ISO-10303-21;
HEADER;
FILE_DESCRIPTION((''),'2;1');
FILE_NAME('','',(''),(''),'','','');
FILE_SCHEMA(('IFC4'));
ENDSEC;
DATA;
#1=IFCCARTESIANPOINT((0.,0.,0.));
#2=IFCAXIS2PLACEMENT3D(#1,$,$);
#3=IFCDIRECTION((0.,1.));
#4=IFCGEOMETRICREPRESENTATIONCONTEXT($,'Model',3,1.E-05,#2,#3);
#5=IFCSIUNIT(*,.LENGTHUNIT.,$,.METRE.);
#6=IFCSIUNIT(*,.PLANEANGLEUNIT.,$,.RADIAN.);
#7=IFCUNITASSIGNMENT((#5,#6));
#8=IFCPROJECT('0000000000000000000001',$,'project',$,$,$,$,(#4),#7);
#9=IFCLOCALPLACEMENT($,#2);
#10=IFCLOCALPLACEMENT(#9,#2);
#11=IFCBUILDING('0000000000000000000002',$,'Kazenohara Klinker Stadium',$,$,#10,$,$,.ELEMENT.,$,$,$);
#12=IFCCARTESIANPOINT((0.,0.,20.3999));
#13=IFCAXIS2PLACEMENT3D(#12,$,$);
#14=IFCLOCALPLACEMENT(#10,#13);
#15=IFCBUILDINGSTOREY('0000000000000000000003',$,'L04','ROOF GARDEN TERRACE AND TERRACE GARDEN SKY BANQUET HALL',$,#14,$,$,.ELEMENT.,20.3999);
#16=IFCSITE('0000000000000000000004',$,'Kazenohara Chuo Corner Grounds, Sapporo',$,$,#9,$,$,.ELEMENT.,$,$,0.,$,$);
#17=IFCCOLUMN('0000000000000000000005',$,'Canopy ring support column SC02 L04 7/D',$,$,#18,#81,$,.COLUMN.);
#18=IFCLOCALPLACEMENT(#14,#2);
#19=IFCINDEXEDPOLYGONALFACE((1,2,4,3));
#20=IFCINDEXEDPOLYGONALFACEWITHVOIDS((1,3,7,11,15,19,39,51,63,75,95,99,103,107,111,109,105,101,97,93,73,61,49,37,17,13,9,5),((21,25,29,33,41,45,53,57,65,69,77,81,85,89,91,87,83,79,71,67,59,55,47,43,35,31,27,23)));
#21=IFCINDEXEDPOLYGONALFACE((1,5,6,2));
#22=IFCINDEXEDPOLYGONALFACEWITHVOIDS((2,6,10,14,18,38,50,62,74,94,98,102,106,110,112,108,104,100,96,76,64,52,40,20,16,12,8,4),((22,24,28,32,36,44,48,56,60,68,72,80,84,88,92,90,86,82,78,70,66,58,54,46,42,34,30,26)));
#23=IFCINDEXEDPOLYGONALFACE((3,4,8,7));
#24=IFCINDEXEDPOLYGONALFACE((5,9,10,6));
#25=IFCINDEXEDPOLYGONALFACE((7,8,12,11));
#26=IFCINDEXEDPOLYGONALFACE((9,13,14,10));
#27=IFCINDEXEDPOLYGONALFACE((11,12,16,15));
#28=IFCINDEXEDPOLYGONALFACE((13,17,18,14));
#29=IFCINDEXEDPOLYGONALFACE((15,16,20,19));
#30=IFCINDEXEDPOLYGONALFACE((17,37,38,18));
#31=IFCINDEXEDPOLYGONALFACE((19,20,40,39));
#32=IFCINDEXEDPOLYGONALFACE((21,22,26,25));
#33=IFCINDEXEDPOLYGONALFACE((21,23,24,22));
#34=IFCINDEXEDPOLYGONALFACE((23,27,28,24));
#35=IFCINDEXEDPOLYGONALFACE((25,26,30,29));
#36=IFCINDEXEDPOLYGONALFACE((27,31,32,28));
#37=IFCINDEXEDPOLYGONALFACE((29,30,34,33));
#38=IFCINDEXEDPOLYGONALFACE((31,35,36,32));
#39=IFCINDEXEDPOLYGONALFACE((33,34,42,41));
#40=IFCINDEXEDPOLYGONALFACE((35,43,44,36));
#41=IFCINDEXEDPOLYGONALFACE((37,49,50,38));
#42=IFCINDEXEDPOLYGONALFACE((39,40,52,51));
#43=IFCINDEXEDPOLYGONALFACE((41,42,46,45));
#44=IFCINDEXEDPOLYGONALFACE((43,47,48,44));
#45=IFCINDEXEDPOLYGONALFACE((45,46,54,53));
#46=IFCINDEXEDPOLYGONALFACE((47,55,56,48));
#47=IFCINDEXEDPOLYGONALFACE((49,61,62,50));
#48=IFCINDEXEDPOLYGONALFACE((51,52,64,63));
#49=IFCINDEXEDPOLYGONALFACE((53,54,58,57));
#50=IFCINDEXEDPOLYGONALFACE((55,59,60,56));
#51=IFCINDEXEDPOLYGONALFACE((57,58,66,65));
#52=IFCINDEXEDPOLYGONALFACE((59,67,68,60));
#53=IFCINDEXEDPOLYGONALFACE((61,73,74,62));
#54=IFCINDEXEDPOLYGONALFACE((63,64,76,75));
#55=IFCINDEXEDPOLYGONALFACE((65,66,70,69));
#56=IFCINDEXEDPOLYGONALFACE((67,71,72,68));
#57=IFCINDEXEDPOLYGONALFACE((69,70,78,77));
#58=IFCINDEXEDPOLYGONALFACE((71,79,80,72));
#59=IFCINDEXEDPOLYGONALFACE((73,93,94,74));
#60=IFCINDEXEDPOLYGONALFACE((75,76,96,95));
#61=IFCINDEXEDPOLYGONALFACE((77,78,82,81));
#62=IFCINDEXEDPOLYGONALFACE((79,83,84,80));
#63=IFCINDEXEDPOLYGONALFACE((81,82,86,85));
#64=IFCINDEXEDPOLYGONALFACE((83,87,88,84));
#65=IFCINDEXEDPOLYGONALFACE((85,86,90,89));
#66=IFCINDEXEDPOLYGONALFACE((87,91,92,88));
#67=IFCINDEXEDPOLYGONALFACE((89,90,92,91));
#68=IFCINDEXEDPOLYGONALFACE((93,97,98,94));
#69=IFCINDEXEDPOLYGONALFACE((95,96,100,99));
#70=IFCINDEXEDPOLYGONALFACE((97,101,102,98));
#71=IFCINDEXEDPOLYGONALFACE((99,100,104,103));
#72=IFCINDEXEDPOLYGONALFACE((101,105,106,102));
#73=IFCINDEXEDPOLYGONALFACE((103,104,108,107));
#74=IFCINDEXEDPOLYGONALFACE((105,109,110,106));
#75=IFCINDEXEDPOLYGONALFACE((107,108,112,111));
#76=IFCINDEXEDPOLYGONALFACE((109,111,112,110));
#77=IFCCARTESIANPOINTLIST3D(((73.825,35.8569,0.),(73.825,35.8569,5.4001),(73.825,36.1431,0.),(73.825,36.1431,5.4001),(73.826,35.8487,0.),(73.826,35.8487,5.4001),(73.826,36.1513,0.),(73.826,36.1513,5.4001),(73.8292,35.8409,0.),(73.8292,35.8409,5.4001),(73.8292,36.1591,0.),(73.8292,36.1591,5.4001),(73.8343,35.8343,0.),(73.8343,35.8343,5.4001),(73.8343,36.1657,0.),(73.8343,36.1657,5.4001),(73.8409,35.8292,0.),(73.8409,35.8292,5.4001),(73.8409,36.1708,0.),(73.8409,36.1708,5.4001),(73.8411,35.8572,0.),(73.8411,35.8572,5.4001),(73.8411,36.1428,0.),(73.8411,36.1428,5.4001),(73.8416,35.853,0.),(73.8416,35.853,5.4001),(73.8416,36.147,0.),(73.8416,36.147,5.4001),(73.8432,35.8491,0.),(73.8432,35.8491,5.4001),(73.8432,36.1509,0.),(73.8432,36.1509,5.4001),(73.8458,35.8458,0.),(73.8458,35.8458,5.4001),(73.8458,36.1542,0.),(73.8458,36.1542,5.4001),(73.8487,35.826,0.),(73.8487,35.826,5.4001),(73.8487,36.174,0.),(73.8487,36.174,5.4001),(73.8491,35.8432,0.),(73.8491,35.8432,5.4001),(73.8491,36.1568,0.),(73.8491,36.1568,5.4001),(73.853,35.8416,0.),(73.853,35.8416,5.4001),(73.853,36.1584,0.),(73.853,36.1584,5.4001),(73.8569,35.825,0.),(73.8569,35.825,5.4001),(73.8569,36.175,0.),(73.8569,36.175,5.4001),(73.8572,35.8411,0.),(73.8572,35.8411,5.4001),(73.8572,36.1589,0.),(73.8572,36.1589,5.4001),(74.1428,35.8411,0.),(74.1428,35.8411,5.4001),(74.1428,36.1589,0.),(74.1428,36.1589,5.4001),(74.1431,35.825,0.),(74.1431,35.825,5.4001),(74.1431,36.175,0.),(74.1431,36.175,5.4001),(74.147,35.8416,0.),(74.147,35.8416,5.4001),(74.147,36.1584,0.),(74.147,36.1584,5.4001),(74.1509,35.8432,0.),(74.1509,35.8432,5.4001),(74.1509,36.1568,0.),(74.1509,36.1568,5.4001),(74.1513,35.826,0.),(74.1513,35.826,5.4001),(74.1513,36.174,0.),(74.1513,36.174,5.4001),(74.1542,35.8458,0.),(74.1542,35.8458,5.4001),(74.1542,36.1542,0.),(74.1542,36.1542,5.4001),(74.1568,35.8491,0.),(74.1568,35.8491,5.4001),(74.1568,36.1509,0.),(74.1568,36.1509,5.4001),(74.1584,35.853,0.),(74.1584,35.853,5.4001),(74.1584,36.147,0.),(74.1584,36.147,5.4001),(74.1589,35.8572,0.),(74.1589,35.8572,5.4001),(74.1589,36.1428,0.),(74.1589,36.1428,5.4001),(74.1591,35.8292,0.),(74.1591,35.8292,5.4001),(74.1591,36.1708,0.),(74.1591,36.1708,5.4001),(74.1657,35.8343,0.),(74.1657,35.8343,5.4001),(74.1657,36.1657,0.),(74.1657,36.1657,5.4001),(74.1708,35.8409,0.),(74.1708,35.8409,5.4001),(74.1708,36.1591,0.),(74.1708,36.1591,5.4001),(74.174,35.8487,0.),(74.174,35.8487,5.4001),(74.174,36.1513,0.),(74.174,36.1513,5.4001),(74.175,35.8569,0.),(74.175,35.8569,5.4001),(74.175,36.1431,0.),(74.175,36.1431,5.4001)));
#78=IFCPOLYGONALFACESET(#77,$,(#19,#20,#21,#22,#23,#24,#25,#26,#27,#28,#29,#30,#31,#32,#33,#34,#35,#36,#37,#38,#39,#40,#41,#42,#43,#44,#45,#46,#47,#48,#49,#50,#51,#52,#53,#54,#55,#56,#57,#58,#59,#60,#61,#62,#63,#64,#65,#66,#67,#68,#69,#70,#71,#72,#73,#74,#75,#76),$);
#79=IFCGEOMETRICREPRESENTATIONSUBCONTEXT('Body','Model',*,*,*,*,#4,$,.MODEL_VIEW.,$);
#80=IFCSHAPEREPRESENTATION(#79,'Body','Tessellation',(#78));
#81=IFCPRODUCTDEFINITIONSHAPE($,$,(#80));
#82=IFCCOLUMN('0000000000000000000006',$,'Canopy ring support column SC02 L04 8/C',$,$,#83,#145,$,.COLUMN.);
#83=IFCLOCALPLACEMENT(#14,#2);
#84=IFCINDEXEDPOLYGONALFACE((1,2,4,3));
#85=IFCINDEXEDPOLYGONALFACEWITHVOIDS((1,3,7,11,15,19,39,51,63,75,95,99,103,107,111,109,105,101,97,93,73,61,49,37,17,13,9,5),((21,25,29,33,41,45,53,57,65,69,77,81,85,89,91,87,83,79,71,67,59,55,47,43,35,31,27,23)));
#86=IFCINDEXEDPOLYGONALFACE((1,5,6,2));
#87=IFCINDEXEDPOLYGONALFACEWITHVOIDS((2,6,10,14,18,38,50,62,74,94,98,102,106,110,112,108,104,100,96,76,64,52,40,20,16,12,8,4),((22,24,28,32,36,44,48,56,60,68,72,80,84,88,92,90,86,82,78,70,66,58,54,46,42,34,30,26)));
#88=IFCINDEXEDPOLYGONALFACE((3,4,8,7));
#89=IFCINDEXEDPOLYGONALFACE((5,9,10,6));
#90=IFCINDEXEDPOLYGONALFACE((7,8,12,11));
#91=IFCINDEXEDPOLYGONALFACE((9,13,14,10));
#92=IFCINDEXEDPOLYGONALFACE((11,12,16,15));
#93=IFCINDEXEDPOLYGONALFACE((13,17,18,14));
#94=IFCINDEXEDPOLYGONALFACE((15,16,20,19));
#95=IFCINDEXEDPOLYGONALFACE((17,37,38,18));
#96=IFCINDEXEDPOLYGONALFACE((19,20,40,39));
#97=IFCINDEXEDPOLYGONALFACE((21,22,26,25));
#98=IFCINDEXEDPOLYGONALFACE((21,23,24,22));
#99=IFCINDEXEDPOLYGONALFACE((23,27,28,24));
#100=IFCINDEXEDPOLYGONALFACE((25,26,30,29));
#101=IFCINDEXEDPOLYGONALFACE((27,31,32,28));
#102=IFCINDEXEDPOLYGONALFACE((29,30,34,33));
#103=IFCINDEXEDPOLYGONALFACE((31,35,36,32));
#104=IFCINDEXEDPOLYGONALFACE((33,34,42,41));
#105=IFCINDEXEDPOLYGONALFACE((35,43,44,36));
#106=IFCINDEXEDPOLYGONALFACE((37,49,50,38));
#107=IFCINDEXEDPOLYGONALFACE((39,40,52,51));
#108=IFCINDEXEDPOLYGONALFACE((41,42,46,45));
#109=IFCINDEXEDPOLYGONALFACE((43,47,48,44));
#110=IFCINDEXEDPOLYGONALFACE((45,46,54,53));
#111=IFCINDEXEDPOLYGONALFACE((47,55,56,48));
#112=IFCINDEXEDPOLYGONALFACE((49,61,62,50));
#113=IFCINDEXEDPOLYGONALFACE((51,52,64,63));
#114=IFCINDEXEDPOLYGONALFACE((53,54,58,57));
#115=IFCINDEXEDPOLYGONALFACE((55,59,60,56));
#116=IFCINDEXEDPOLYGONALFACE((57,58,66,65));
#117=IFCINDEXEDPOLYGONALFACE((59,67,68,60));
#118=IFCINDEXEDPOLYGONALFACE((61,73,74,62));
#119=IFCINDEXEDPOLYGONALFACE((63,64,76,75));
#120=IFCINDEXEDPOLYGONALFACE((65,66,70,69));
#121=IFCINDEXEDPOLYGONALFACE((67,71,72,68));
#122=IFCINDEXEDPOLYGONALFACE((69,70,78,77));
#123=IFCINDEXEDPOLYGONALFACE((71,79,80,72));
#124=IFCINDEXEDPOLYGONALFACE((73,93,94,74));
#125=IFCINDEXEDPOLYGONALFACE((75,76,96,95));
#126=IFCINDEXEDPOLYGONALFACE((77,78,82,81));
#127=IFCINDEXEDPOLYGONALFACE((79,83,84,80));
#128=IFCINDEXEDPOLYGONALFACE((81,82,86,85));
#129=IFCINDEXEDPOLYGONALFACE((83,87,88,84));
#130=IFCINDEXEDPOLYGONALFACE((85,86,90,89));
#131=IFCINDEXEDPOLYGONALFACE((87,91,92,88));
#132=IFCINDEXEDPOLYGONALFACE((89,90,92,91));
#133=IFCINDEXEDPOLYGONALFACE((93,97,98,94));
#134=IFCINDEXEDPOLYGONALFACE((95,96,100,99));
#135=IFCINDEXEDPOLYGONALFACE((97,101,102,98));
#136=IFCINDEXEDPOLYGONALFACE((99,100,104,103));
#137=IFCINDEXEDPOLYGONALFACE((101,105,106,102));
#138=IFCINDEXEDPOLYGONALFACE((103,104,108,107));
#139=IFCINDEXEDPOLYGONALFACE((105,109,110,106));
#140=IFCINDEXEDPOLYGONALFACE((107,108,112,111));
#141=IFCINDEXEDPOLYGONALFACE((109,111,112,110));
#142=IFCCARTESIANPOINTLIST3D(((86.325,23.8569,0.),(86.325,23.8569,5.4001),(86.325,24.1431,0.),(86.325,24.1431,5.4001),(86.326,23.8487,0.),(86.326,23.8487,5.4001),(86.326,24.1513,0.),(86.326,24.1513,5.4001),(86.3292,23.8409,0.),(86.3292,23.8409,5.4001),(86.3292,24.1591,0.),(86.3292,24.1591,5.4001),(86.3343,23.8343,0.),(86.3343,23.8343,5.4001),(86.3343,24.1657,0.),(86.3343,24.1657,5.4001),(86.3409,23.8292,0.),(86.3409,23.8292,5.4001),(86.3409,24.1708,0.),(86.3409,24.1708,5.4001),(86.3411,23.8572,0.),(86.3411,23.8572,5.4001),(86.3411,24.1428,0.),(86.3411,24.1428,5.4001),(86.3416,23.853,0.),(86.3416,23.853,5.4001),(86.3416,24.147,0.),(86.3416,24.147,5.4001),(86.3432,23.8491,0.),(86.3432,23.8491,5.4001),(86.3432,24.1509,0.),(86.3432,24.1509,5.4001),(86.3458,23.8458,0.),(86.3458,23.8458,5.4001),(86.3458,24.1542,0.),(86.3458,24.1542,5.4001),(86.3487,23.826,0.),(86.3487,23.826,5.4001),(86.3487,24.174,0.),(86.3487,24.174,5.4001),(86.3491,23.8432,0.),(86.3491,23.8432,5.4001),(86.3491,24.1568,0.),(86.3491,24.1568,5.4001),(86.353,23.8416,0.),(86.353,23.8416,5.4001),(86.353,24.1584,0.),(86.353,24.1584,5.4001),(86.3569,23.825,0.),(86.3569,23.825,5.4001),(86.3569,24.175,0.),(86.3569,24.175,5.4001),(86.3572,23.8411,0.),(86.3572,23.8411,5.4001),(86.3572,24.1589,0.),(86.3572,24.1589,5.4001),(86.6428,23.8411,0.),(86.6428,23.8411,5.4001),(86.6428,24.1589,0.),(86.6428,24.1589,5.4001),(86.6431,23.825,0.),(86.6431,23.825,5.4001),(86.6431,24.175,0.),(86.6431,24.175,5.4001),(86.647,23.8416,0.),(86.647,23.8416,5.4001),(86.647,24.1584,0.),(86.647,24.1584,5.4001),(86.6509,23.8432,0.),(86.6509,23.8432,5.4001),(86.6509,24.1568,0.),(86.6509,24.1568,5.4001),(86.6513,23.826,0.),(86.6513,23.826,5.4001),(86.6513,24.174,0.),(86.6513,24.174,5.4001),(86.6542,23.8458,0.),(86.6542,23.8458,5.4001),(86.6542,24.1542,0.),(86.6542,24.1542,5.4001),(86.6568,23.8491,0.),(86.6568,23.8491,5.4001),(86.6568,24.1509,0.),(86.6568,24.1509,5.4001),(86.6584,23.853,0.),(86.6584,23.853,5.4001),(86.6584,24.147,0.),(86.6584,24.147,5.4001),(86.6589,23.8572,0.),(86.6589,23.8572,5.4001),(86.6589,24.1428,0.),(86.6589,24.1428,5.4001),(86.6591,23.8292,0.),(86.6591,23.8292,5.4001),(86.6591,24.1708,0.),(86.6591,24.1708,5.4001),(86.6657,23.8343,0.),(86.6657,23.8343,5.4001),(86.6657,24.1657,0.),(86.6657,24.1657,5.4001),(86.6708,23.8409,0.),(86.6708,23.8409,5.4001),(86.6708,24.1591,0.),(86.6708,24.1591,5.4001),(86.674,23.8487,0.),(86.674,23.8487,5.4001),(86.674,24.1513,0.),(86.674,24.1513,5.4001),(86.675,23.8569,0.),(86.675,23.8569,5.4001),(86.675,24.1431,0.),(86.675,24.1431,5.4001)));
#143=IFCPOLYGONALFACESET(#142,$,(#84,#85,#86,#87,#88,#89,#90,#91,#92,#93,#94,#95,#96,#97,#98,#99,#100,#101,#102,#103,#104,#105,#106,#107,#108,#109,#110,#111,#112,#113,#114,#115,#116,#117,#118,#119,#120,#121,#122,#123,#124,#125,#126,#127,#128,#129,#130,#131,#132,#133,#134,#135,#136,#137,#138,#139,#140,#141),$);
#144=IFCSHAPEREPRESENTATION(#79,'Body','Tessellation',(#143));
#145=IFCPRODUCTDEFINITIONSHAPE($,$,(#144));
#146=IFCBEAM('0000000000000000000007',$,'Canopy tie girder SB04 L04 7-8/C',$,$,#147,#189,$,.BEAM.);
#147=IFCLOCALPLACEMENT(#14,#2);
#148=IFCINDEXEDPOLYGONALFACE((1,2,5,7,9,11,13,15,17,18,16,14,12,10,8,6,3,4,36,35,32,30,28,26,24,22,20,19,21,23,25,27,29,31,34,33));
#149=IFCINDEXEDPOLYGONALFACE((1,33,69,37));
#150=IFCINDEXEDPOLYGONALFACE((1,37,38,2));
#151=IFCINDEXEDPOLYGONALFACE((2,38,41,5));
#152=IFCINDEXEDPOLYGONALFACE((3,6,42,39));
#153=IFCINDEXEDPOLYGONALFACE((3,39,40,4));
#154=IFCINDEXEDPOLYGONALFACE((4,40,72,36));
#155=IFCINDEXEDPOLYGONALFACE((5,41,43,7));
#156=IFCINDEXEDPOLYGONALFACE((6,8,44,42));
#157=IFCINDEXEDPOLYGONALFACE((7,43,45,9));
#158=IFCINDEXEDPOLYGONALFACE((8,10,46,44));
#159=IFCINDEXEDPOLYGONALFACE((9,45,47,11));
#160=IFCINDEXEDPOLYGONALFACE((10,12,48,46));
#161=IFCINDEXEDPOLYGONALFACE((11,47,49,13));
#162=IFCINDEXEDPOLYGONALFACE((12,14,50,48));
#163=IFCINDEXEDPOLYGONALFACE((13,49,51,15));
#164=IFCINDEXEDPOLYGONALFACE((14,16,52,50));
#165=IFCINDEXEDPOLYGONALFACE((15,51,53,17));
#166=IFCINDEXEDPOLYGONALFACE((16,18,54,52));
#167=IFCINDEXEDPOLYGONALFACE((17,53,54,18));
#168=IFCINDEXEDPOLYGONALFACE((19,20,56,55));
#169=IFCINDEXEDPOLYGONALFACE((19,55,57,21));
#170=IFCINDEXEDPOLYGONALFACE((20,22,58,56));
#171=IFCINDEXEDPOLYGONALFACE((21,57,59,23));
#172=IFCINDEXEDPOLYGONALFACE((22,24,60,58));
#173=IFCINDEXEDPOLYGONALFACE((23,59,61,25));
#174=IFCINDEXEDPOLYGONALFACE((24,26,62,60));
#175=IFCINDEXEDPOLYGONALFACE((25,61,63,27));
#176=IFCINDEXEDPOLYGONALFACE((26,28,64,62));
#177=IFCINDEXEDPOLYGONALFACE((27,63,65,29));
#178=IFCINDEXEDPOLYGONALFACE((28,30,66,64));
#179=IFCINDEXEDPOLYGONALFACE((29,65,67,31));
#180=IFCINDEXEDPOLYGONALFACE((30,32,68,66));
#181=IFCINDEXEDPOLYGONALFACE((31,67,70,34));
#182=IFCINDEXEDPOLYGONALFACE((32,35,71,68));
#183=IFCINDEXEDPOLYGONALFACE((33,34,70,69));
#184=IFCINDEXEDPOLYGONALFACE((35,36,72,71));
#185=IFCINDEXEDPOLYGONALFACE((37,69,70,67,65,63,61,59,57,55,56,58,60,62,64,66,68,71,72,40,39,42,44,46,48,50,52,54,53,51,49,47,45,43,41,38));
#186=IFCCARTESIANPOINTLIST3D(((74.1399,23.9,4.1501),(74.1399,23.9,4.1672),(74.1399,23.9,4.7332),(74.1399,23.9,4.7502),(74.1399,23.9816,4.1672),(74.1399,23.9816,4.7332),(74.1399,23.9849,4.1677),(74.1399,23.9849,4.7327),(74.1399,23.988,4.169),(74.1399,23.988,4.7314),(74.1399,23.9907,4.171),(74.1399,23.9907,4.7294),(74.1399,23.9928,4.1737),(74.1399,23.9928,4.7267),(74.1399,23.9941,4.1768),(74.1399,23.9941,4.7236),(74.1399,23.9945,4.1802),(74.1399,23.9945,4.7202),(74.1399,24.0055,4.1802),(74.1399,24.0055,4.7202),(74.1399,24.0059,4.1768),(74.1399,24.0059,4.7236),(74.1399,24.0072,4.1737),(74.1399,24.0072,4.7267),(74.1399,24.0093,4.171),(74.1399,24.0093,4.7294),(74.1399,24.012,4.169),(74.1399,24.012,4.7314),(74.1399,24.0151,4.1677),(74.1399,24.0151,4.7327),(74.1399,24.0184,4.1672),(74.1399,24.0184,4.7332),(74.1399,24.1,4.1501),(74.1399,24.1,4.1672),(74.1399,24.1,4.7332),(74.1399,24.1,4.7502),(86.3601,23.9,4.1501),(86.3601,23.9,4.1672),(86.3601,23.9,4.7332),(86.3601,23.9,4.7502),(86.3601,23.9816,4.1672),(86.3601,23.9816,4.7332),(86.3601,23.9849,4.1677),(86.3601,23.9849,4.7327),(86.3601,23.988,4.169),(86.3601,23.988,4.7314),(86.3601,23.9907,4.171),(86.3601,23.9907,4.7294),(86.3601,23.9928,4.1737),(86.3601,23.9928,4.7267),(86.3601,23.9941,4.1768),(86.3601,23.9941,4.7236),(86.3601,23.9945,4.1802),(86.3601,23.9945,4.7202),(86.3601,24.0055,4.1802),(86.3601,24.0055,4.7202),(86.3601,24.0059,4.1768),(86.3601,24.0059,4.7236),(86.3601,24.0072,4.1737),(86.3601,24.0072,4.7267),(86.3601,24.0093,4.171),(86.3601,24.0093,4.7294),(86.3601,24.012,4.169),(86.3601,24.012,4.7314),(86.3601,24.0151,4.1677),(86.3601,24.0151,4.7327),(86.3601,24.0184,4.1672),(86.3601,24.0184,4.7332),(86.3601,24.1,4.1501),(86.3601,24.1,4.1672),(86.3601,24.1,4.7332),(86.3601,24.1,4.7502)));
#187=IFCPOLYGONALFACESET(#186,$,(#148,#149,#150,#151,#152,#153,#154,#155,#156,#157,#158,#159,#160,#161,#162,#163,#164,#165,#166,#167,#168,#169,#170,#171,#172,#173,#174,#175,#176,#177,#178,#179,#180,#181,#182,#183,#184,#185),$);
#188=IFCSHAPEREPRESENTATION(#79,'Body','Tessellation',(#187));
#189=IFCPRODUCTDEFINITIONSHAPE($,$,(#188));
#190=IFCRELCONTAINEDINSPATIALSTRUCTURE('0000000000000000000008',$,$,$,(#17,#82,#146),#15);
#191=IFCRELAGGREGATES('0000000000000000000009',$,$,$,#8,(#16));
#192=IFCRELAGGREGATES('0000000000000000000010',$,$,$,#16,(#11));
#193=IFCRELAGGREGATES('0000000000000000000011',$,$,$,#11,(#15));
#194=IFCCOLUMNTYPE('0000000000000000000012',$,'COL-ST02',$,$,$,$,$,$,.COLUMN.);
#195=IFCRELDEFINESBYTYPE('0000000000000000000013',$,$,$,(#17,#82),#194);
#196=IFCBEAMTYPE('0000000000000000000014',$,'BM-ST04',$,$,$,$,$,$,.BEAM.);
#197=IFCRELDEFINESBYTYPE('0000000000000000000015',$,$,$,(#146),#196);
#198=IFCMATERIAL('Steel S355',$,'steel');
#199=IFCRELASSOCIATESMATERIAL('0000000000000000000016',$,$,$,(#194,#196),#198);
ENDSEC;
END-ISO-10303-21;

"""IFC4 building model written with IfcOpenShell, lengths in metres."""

from ifc_helpers import new_model, si_unit, direction, frame, origin, origin_2d, place, context, subcontext, project, spatial, hollow_rectangle, i_section, extrude, material, material_profile, profile_set, type_object, element, save


model = new_model("IFC4")

# Units and contexts
model_context = context("Model", 3, precision=1e-05, world=origin(), true_north=direction((0.0, 1.0)))
body_context = subcontext(model_context, "Body", "Model", "MODEL_VIEW")
ifc_project = project(units=[si_unit("LENGTHUNIT", "METRE"), si_unit("PLANEANGLEUNIT", "RADIAN")], contexts=[model_context])

# Site, building, storey
site_placement = place(None, origin())
site = spatial("IfcSite", under=ifc_project, at=site_placement, Name="Kazenohara Chuo Corner Grounds, Sapporo", CompositionType="ELEMENT", RefElevation=0.0)
building_placement = place(site_placement, origin())
building = spatial("IfcBuilding", under=site, at=building_placement, Name="Kazenohara Klinker Stadium", CompositionType="ELEMENT")
storey_placement = place(building_placement, frame((0.0, 0.0, 20.3999)))
storey = spatial("IfcBuildingStorey", under=building, at=storey_placement, Name="L04", Description="ROOF GARDEN TERRACE AND TERRACE GARDEN SKY BANQUET HALL", CompositionType="ELEMENT", Elevation=20.3999)

# Columns
ifc_material_1 = material(Name="Steel S355", Category="steel")
ifc_material_profile_1 = material_profile(ifc_material_1, hollow_rectangle(XDim=0.3501, YDim=0.3501, WallThickness=0.0161, InnerFilletRadius=0.0161, OuterFilletRadius=0.032, at=origin_2d()), Name="SHS-350x350x16")
ifc_profile_set_1 = profile_set([ifc_material_profile_1], Name="Steel S355")
column_type_1 = type_object("IfcColumnType", Name="COL-ST02", PredefinedType="COLUMN", material=ifc_profile_set_1)
for number, where, z_axis, x_axis, name in (
    (1, (74.0, 36.0, 0.0), (0.0, 0.0, 1.0), (1.0, 0.0, 0.0), "Canopy ring support column SC02 L04 7/D"),
    (2, (86.5, 24.0, 0.0), (0.0, 0.0, 1.0), (1.0, 0.0, 0.0), "Canopy ring support column SC02 L04 8/C"),
):
    element("IfcColumn", number, at=place(storey_placement, frame(where, z_axis=z_axis, x_axis=x_axis)), inside=storey, type_object=column_type_1, Name=name, PredefinedType="COLUMN", context=body_context, shape_type="SweptSolid", body=[
        extrude(hollow_rectangle(XDim=0.3501, YDim=0.3501, WallThickness=0.0161, InnerFilletRadius=0.0161, OuterFilletRadius=0.032, at=origin_2d()), origin(), (0.0, 0.0, 1.0), 5.4001),
    ])

# Beam
ifc_material_profile_2 = material_profile(ifc_material_1, i_section(OverallWidth=0.2, OverallDepth=0.6001, WebThickness=0.011, FlangeThickness=0.0171, FilletRadius=0.0129, at=origin_2d()), Name="H-600x200x11x17")
ifc_profile_set_2 = profile_set([ifc_material_profile_2], Name="Steel S355")
beam_type = type_object("IfcBeamType", Name="BM-ST04", PredefinedType="BEAM", material=ifc_profile_set_2)
for number, where, z_axis, x_axis, name in (
    (3, (74.1399, 24.0, 4.4502), (1.0, 0.0, 0.0), (0.0, 1.0, 0.0), "Canopy tie girder SB04 L04 7-8/C"),
):
    element("IfcBeam", number, at=place(storey_placement, frame(where, z_axis=z_axis, x_axis=x_axis)), inside=storey, type_object=beam_type, Name=name, PredefinedType="BEAM", context=body_context, shape_type="SweptSolid", body=[
        extrude(i_section(OverallWidth=0.2, OverallDepth=0.6001, WebThickness=0.011, FlangeThickness=0.0171, FilletRadius=0.0129, at=origin_2d()), origin(), (0.0, 0.0, 1.0), 12.2202),
    ])

save(model, "model.ifc")
